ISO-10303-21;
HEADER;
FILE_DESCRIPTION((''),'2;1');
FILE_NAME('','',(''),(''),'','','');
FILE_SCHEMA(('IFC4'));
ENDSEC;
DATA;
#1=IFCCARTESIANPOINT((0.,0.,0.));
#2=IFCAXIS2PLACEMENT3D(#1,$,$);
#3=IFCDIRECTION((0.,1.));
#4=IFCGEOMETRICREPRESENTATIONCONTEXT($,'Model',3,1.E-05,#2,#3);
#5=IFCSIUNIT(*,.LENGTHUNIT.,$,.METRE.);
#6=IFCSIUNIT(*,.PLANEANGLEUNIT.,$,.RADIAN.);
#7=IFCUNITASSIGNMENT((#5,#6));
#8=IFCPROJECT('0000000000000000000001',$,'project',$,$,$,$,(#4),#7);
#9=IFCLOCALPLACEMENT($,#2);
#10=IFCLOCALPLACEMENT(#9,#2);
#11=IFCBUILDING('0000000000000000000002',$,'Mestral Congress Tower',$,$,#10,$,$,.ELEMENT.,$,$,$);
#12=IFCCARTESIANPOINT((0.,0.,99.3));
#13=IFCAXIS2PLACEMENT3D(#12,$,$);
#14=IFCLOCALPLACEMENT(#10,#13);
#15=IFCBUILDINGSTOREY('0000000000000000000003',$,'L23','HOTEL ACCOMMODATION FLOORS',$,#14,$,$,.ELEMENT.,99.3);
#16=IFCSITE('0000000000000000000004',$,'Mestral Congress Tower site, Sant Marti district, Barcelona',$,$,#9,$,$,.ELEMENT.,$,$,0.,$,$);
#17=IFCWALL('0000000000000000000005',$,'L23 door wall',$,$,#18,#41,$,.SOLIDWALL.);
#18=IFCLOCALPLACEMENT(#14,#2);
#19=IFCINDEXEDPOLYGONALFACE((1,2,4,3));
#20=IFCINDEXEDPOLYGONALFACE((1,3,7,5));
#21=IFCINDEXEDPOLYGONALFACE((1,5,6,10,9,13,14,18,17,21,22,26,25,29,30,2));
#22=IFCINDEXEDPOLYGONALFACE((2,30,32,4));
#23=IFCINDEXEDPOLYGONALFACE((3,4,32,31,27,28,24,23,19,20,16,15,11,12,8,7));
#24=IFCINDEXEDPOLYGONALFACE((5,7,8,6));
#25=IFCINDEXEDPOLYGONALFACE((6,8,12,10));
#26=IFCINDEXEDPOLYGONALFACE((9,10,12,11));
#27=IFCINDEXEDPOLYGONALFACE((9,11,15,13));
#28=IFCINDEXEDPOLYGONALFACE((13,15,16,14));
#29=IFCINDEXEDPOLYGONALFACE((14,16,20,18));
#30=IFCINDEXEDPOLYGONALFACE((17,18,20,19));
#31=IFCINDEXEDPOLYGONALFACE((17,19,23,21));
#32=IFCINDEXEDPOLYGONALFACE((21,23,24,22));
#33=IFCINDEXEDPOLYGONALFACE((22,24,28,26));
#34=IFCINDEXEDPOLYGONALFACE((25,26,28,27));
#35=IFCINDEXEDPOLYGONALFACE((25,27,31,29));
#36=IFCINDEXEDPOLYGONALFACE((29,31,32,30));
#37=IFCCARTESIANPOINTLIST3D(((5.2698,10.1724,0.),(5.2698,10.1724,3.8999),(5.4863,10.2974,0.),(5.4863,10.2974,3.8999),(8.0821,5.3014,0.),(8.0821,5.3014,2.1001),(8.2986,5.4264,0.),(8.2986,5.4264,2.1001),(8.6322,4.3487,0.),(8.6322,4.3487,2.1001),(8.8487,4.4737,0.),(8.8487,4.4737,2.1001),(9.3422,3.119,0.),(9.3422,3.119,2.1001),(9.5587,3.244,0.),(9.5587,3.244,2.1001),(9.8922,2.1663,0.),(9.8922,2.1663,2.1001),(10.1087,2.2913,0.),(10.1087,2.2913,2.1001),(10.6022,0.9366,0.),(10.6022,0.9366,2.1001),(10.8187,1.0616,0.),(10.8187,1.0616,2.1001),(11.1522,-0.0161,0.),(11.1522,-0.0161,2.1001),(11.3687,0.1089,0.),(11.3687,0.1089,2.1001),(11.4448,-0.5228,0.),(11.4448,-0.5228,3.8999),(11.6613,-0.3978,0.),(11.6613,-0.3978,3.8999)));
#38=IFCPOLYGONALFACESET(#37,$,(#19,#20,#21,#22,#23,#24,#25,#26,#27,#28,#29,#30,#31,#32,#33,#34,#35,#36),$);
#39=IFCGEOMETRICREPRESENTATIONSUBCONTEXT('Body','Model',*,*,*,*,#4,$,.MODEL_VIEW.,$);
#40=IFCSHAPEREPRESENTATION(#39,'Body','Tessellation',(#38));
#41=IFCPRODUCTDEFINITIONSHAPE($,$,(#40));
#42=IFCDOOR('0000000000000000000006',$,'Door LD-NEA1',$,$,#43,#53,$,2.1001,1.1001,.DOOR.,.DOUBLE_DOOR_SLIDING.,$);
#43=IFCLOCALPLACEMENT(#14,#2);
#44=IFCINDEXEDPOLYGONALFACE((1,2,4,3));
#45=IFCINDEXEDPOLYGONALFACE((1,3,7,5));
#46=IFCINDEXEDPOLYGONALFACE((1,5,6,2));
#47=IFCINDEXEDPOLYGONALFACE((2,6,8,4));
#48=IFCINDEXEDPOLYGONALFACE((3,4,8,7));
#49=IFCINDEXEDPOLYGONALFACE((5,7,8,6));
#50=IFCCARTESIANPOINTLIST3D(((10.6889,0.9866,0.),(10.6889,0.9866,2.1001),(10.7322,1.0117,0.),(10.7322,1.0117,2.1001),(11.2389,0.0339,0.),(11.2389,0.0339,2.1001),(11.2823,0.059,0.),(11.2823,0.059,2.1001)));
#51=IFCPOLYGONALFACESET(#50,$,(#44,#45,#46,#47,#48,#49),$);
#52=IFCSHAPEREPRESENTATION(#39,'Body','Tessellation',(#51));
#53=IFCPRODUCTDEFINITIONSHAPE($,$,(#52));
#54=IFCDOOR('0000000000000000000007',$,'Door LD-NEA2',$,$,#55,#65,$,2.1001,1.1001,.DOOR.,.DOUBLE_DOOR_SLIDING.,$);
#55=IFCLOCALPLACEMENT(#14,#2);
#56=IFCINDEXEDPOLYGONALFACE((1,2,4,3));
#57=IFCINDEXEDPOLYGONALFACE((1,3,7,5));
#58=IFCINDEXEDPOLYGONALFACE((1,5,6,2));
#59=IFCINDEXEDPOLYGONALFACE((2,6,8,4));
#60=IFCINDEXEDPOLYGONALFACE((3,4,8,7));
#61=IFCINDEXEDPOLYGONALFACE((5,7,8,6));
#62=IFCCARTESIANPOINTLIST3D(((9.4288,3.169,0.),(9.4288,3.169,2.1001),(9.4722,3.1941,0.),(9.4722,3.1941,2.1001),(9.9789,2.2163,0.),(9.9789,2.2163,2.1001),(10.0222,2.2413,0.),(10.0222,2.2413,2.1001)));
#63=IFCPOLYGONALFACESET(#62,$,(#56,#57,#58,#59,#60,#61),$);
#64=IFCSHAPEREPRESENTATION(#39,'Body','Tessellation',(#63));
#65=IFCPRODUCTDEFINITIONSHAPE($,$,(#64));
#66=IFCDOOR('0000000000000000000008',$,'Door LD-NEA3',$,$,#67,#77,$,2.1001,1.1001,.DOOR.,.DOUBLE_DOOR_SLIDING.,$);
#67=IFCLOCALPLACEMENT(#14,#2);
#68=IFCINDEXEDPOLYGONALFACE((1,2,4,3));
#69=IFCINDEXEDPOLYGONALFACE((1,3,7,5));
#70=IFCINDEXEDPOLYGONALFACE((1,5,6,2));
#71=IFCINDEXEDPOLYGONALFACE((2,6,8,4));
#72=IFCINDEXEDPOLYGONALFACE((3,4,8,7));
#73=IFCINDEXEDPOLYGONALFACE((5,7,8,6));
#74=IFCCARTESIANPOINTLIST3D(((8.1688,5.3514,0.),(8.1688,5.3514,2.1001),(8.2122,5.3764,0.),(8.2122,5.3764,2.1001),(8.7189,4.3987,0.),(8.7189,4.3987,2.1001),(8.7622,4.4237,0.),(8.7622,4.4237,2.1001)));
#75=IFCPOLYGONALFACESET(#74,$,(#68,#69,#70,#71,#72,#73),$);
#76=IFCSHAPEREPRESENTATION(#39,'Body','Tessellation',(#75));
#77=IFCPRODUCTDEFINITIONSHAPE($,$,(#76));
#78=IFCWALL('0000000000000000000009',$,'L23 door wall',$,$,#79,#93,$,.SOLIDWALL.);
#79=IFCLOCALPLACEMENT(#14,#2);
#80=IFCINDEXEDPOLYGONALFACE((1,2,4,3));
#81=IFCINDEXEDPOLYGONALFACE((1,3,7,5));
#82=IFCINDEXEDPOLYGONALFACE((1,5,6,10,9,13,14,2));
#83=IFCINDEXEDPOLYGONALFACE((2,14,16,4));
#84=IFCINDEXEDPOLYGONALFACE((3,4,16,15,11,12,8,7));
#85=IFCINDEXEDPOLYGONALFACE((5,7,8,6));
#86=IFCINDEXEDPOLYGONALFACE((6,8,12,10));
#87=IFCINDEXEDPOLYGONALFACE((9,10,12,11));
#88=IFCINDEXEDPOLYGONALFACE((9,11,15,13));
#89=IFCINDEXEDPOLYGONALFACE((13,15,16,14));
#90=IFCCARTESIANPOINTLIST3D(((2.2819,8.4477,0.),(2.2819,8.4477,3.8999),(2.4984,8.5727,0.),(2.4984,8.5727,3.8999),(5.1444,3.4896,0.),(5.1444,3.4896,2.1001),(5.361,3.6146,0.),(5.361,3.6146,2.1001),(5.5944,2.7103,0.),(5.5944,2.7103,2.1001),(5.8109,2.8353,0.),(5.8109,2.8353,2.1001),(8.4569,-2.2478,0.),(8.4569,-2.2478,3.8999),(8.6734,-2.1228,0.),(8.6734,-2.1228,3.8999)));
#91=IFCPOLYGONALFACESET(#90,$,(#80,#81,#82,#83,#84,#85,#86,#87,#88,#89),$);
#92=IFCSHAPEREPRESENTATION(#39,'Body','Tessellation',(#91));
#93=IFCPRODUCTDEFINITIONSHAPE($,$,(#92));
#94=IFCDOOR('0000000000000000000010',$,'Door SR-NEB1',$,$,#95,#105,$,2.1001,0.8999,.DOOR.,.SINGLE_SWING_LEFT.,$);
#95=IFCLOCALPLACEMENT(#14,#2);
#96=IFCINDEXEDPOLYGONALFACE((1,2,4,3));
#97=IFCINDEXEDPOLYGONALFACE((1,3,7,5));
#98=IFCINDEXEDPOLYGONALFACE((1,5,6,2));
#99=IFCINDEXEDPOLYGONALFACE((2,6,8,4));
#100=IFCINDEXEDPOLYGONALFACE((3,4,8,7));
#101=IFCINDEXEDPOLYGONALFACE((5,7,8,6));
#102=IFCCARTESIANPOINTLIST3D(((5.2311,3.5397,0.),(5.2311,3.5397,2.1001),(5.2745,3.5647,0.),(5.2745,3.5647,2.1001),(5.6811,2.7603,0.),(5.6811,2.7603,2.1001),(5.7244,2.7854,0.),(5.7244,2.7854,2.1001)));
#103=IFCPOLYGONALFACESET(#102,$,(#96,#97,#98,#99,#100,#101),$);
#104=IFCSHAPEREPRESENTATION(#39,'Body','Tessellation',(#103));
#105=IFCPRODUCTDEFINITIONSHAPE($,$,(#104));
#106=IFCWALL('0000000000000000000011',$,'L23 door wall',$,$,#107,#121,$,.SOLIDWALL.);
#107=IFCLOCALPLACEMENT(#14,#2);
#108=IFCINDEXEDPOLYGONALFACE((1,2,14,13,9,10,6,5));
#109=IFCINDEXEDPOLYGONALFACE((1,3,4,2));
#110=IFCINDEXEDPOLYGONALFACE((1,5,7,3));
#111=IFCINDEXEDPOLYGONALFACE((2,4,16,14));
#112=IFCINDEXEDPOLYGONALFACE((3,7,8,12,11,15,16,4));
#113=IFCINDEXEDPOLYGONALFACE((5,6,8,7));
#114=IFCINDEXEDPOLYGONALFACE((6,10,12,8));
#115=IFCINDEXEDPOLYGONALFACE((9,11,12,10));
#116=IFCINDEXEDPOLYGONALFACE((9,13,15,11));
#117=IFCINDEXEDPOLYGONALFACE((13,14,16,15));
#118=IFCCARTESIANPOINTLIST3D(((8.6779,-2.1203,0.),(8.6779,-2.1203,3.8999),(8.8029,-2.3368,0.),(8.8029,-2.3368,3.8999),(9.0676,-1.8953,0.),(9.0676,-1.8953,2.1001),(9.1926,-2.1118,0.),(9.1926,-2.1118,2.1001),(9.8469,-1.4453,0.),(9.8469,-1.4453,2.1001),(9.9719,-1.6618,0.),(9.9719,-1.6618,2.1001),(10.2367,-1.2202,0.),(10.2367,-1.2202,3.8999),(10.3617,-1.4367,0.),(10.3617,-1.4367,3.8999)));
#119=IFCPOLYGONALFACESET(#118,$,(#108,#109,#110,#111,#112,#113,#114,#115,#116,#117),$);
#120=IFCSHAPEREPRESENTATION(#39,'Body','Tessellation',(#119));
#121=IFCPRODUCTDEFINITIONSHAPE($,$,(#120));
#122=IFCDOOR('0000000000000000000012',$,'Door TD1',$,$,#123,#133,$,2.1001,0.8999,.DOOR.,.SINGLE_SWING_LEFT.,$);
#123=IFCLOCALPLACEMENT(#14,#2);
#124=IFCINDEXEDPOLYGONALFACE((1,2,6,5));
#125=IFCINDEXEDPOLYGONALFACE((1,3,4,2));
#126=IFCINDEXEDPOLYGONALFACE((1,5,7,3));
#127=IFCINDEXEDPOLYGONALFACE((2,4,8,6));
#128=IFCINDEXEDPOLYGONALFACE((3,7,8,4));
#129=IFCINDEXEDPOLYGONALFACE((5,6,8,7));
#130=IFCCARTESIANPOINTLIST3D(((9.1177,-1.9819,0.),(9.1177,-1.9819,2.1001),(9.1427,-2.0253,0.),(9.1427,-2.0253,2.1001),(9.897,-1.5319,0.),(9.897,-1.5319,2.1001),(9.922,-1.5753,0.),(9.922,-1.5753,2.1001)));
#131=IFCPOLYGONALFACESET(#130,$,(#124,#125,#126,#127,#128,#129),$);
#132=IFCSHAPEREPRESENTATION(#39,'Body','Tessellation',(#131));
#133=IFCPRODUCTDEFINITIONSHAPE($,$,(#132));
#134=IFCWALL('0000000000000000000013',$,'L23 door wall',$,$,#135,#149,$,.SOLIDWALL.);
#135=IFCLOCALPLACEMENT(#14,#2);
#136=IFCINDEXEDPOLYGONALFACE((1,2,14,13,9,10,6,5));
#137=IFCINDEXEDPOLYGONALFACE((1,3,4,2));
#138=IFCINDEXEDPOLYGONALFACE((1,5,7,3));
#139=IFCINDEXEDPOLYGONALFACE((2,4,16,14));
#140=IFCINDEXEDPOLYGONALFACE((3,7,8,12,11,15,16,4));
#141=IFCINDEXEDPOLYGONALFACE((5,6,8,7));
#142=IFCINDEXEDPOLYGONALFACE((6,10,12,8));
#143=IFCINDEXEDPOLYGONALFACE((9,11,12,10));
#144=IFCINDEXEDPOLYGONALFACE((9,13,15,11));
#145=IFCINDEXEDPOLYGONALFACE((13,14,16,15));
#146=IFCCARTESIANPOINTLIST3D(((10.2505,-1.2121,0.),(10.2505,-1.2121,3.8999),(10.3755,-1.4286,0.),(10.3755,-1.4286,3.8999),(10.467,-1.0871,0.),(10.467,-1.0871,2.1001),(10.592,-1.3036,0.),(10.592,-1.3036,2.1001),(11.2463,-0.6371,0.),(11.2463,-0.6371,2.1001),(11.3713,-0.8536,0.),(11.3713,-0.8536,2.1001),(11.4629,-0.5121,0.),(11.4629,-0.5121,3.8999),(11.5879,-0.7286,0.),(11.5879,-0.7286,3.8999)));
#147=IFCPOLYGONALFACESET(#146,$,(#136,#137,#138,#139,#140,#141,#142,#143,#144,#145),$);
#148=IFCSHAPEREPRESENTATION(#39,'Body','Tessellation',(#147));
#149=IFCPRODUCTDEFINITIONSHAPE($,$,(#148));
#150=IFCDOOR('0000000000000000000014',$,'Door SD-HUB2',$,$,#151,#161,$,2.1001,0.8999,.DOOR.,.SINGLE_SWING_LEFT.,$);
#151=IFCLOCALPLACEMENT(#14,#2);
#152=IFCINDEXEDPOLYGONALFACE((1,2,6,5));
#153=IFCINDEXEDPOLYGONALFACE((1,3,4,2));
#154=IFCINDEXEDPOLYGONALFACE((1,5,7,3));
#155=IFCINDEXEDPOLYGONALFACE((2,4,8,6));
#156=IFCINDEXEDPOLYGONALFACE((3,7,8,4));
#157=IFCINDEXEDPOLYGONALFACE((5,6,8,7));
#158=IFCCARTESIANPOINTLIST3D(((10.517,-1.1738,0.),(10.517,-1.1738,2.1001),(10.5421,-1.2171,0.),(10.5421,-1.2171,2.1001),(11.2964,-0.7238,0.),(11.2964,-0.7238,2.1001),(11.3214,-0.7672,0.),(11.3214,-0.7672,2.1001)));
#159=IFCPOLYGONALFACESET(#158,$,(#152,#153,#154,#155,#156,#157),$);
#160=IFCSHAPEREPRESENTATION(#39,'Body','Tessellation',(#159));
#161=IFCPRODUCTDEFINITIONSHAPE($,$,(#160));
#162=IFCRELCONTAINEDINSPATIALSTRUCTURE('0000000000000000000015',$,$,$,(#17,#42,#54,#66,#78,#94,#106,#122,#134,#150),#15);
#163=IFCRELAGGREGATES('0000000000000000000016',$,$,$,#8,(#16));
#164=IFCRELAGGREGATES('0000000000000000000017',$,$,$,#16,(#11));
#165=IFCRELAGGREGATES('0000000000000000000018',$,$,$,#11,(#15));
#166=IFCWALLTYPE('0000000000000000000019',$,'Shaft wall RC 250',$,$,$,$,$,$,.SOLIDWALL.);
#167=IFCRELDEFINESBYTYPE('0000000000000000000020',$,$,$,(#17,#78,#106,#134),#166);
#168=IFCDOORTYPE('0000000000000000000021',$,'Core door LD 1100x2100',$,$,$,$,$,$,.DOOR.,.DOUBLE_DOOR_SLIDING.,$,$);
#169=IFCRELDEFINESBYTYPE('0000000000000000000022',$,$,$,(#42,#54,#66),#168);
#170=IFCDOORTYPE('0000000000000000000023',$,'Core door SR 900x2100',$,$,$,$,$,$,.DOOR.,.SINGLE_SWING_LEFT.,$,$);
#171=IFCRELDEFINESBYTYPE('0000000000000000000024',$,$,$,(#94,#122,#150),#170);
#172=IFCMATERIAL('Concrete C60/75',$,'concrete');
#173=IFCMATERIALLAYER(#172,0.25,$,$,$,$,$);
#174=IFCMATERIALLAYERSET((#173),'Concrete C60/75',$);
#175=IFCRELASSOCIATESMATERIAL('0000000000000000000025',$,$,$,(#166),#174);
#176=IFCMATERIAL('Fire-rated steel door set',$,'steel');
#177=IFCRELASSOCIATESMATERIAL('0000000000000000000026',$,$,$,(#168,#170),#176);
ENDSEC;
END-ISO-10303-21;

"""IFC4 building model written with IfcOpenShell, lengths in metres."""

from ifc_helpers import new_model, si_unit, direction, frame, frame_2d, origin, place, context, subcontext, project, spatial, rectangle, extrude, material, layer, layer_set, type_object, element, fill, save


model = new_model("IFC4")

# Units and contexts
model_context = context("Model", 3, precision=1e-05, world=origin(), true_north=direction((0.0, 1.0)))
body_context = subcontext(model_context, "Body", "Model", "MODEL_VIEW")
ifc_project = project(units=[si_unit("LENGTHUNIT", "METRE"), si_unit("PLANEANGLEUNIT", "RADIAN")], contexts=[model_context])

# Site, building, storey
site_placement = place(None, origin())
site = spatial("IfcSite", under=ifc_project, at=site_placement, Name="Mestral Congress Tower site, Sant Marti district, Barcelona", CompositionType="ELEMENT", RefElevation=0.0)
building_placement = place(site_placement, origin())
building = spatial("IfcBuilding", under=site, at=building_placement, Name="Mestral Congress Tower", CompositionType="ELEMENT")
storey_placement = place(building_placement, frame((0.0, 0.0, 99.3)))
storey = spatial("IfcBuildingStorey", under=building, at=storey_placement, Name="L23", Description="HOTEL ACCOMMODATION FLOORS", CompositionType="ELEMENT", Elevation=99.3)

# Shared definitions
ifc_material_1 = material(Name="Fire-rated steel door set", Category="steel")

# Shared definitions
ifc_material_2 = material(Name="Concrete C60/75", Category="concrete")
ifc_layer_1 = layer(ifc_material_2, 0.25)
ifc_layer_set_1 = layer_set([ifc_layer_1], Name="Concrete C60/75")
wall_type_1 = type_object("IfcWallType", Name="Shaft wall RC 250", PredefinedType="SOLIDWALL", material=ifc_layer_set_1)

# Wall, openings, doors
wall_1_placement = place(storey_placement, frame((11.553, -0.4602, 0.0), z_axis=(0.0, 0.0, 1.0), x_axis=(-0.500007, 0.866022, 0.0)))
wall_1 = element("IfcWall", 1, at=wall_1_placement, inside=storey, type_object=wall_type_1, Name="L23 door wall", PredefinedType="SOLIDWALL", context=body_context, shape_type="SweptSolid", body=[
    extrude(rectangle(XDim=12.3499, YDim=0.25, at=frame_2d((6.1748, 0.0))), origin(), (0.0, 0.0, 1.0), 3.8999),
])
opening_1_placement = place(wall_1_placement, frame((0.585, 0.0, 0.0)))
opening_1 = element("IfcOpeningElement", 2, at=opening_1_placement, cuts=wall_1, PredefinedType="OPENING", context=body_context, shape_type="SweptSolid", body=[
    extrude(rectangle(XDim=1.1001, YDim=2.1001, at=frame_2d((0.55, 1.05))), frame((0.0, 0.135, 0.0), z_axis=(0.0, -1.0, 0.0), x_axis=(1.0, 0.0, 0.0)), (0.0, 0.0, 1.0), 0.27),
])
opening_2_placement = place(wall_1_placement, frame((3.105, 0.0, 0.0)))
opening_2 = element("IfcOpeningElement", 3, at=opening_2_placement, cuts=wall_1, PredefinedType="OPENING", context=body_context, shape_type="SweptSolid", body=[
    extrude(rectangle(XDim=1.1001, YDim=2.1001, at=frame_2d((0.55, 1.05))), frame((0.0, 0.135, 0.0), z_axis=(0.0, -1.0, 0.0), x_axis=(1.0, 0.0, 0.0)), (0.0, 0.0, 1.0), 0.27),
])
opening_3_placement = place(wall_1_placement, frame((5.625, 0.0, 0.0)))
opening_3 = element("IfcOpeningElement", 4, at=opening_3_placement, cuts=wall_1, PredefinedType="OPENING", context=body_context, shape_type="SweptSolid", body=[
    extrude(rectangle(XDim=1.1001, YDim=2.1001, at=frame_2d((0.55, 1.05))), frame((0.0, 0.135, 0.0), z_axis=(0.0, -1.0, 0.0), x_axis=(1.0, 0.0, 0.0)), (0.0, 0.0, 1.0), 0.27),
])
door_type_1 = type_object("IfcDoorType", Name="Core door LD 1100x2100", OperationType="DOUBLE_DOOR_SLIDING", PredefinedType="DOOR", material=ifc_material_1)
door_1_placement = place(opening_1_placement, origin())
door_1 = element("IfcDoor", 5, at=door_1_placement, inside=storey, type_object=door_type_1, Name="Door LD-NEA1", OperationType="DOUBLE_DOOR_SLIDING", OverallHeight=2.1001, OverallWidth=1.1001, PredefinedType="DOOR", context=body_context, shape_type="SweptSolid", body=[
    extrude(rectangle(XDim=1.1001, YDim=2.1001, at=frame_2d((0.55, 1.05))), frame((0.0, 0.0249, 0.0), z_axis=(0.0, -1.0, 0.0), x_axis=(1.0, 0.0, 0.0)), (0.0, 0.0, 1.0), 0.05),
])
fill(opening_1, door_1)
door_2_placement = place(opening_2_placement, origin())
door_2 = element("IfcDoor", 6, at=door_2_placement, inside=storey, type_object=door_type_1, Name="Door LD-NEA2", OperationType="DOUBLE_DOOR_SLIDING", OverallHeight=2.1001, OverallWidth=1.1001, PredefinedType="DOOR", context=body_context, shape_type="SweptSolid", body=[
    extrude(rectangle(XDim=1.1001, YDim=2.1001, at=frame_2d((0.55, 1.05))), frame((0.0, 0.0249, 0.0), z_axis=(0.0, -1.0, 0.0), x_axis=(1.0, 0.0, 0.0)), (0.0, 0.0, 1.0), 0.05),
])
fill(opening_2, door_2)
door_3_placement = place(opening_3_placement, origin())
door_3 = element("IfcDoor", 7, at=door_3_placement, inside=storey, type_object=door_type_1, Name="Door LD-NEA3", OperationType="DOUBLE_DOOR_SLIDING", OverallHeight=2.1001, OverallWidth=1.1001, PredefinedType="DOOR", context=body_context, shape_type="SweptSolid", body=[
    extrude(rectangle(XDim=1.1001, YDim=2.1001, at=frame_2d((0.55, 1.05))), frame((0.0, 0.0249, 0.0), z_axis=(0.0, -1.0, 0.0), x_axis=(1.0, 0.0, 0.0)), (0.0, 0.0, 1.0), 0.05),
])
fill(opening_3, door_3)

# Walls, openings, doors
wall_2_placement = place(storey_placement, frame((8.5652, -2.1853, 0.0), z_axis=(0.0, 0.0, 1.0), x_axis=(-0.499998, 0.866027, 0.0)))
wall_2 = element("IfcWall", 8, at=wall_2_placement, inside=storey, type_object=wall_type_1, Name="L23 door wall", PredefinedType="SOLIDWALL", context=body_context, shape_type="SweptSolid", body=[
    extrude(rectangle(XDim=12.3501, YDim=0.25, at=frame_2d((6.175, 0.0))), origin(), (0.0, 0.0, 1.0), 3.8999),
])
opening_4_placement = place(wall_2_placement, frame((5.7251, 0.0, 0.0)))
opening_4 = element("IfcOpeningElement", 9, at=opening_4_placement, cuts=wall_2, PredefinedType="OPENING", context=body_context, shape_type="SweptSolid", body=[
    extrude(rectangle(XDim=0.8999, YDim=2.1001, at=frame_2d((0.45, 1.05))), frame((0.0, 0.135, 0.0), z_axis=(0.0, -1.0, 0.0), x_axis=(1.0, 0.0, 0.0)), (0.0, 0.0, 1.0), 0.27),
])
door_type_2 = type_object("IfcDoorType", Name="Core door SR 900x2100", OperationType="SINGLE_SWING_LEFT", PredefinedType="DOOR", material=ifc_material_1)
door_4_placement = place(opening_4_placement, origin())
door_4 = element("IfcDoor", 10, at=door_4_placement, inside=storey, type_object=door_type_2, Name="Door SR-NEB1", OperationType="SINGLE_SWING_LEFT", OverallHeight=2.1001, OverallWidth=0.8999, PredefinedType="DOOR", context=body_context, shape_type="SweptSolid", body=[
    extrude(rectangle(XDim=0.8999, YDim=2.1001, at=frame_2d((0.45, 1.05))), frame((0.0, 0.0249, 0.0), z_axis=(0.0, -1.0, 0.0), x_axis=(1.0, 0.0, 0.0)), (0.0, 0.0, 1.0), 0.05),
])
fill(opening_4, door_4)
wall_3_placement = place(storey_placement, frame((8.7405, -2.2285, 0.0), z_axis=(0.0, 0.0, 1.0), x_axis=(0.865989, 0.500063, 0.0)))
wall_3 = element("IfcWall", 11, at=wall_3_placement, inside=storey, type_object=wall_type_1, Name="L23 door wall", PredefinedType="SOLIDWALL", context=body_context, shape_type="SweptSolid", body=[
    extrude(rectangle(XDim=1.8, YDim=0.25, at=frame_2d((0.8999, 0.0))), origin(), (0.0, 0.0, 1.0), 3.8999),
])
opening_5_placement = place(wall_3_placement, frame((0.45, 0.0, 0.0)))
opening_5 = element("IfcOpeningElement", 12, at=opening_5_placement, cuts=wall_3, PredefinedType="OPENING", context=body_context, shape_type="SweptSolid", body=[
    extrude(rectangle(XDim=0.8999, YDim=2.1001, at=frame_2d((0.45, 1.05))), frame((0.0, 0.135, 0.0), z_axis=(0.0, -1.0, 0.0), x_axis=(1.0, 0.0, 0.0)), (0.0, 0.0, 1.0), 0.27),
])
door_5_placement = place(opening_5_placement, origin())
door_5 = element("IfcDoor", 13, at=door_5_placement, inside=storey, type_object=door_type_2, Name="Door TD1", OperationType="SINGLE_SWING_LEFT", OverallHeight=2.1001, OverallWidth=0.8999, PredefinedType="DOOR", context=body_context, shape_type="SweptSolid", body=[
    extrude(rectangle(XDim=0.8999, YDim=2.1001, at=frame_2d((0.45, 1.05))), frame((0.0, 0.0249, 0.0), z_axis=(0.0, -1.0, 0.0), x_axis=(1.0, 0.0, 0.0)), (0.0, 0.0, 1.0), 0.05),
])
fill(opening_5, door_5)
wall_4_placement = place(storey_placement, frame((10.313, -1.3203, 0.0), z_axis=(0.0, 0.0, 1.0), x_axis=(0.866035, 0.499984, 0.0)))
wall_4 = element("IfcWall", 14, at=wall_4_placement, inside=storey, type_object=wall_type_1, Name="L23 door wall", PredefinedType="SOLIDWALL", context=body_context, shape_type="SweptSolid", body=[
    extrude(rectangle(XDim=1.3999, YDim=0.25, at=frame_2d((0.7, 0.0))), origin(), (0.0, 0.0, 1.0), 3.8999),
])
opening_6_placement = place(wall_4_placement, frame((0.25, 0.0, 0.0)))
opening_6 = element("IfcOpeningElement", 15, at=opening_6_placement, cuts=wall_4, PredefinedType="OPENING", context=body_context, shape_type="SweptSolid", body=[
    extrude(rectangle(XDim=0.8999, YDim=2.1001, at=frame_2d((0.45, 1.05))), frame((0.0, 0.135, 0.0), z_axis=(0.0, -1.0, 0.0), x_axis=(1.0, 0.0, 0.0)), (0.0, 0.0, 1.0), 0.27),
])
door_6_placement = place(opening_6_placement, origin())
door_6 = element("IfcDoor", 16, at=door_6_placement, inside=storey, type_object=door_type_2, Name="Door SD-HUB2", OperationType="SINGLE_SWING_LEFT", OverallHeight=2.1001, OverallWidth=0.8999, PredefinedType="DOOR", context=body_context, shape_type="SweptSolid", body=[
    extrude(rectangle(XDim=0.8999, YDim=2.1001, at=frame_2d((0.45, 1.05))), frame((0.0, 0.0249, 0.0), z_axis=(0.0, -1.0, 0.0), x_axis=(1.0, 0.0, 0.0)), (0.0, 0.0, 1.0), 0.05),
])
fill(opening_6, door_6)

save(model, "model.ifc")
